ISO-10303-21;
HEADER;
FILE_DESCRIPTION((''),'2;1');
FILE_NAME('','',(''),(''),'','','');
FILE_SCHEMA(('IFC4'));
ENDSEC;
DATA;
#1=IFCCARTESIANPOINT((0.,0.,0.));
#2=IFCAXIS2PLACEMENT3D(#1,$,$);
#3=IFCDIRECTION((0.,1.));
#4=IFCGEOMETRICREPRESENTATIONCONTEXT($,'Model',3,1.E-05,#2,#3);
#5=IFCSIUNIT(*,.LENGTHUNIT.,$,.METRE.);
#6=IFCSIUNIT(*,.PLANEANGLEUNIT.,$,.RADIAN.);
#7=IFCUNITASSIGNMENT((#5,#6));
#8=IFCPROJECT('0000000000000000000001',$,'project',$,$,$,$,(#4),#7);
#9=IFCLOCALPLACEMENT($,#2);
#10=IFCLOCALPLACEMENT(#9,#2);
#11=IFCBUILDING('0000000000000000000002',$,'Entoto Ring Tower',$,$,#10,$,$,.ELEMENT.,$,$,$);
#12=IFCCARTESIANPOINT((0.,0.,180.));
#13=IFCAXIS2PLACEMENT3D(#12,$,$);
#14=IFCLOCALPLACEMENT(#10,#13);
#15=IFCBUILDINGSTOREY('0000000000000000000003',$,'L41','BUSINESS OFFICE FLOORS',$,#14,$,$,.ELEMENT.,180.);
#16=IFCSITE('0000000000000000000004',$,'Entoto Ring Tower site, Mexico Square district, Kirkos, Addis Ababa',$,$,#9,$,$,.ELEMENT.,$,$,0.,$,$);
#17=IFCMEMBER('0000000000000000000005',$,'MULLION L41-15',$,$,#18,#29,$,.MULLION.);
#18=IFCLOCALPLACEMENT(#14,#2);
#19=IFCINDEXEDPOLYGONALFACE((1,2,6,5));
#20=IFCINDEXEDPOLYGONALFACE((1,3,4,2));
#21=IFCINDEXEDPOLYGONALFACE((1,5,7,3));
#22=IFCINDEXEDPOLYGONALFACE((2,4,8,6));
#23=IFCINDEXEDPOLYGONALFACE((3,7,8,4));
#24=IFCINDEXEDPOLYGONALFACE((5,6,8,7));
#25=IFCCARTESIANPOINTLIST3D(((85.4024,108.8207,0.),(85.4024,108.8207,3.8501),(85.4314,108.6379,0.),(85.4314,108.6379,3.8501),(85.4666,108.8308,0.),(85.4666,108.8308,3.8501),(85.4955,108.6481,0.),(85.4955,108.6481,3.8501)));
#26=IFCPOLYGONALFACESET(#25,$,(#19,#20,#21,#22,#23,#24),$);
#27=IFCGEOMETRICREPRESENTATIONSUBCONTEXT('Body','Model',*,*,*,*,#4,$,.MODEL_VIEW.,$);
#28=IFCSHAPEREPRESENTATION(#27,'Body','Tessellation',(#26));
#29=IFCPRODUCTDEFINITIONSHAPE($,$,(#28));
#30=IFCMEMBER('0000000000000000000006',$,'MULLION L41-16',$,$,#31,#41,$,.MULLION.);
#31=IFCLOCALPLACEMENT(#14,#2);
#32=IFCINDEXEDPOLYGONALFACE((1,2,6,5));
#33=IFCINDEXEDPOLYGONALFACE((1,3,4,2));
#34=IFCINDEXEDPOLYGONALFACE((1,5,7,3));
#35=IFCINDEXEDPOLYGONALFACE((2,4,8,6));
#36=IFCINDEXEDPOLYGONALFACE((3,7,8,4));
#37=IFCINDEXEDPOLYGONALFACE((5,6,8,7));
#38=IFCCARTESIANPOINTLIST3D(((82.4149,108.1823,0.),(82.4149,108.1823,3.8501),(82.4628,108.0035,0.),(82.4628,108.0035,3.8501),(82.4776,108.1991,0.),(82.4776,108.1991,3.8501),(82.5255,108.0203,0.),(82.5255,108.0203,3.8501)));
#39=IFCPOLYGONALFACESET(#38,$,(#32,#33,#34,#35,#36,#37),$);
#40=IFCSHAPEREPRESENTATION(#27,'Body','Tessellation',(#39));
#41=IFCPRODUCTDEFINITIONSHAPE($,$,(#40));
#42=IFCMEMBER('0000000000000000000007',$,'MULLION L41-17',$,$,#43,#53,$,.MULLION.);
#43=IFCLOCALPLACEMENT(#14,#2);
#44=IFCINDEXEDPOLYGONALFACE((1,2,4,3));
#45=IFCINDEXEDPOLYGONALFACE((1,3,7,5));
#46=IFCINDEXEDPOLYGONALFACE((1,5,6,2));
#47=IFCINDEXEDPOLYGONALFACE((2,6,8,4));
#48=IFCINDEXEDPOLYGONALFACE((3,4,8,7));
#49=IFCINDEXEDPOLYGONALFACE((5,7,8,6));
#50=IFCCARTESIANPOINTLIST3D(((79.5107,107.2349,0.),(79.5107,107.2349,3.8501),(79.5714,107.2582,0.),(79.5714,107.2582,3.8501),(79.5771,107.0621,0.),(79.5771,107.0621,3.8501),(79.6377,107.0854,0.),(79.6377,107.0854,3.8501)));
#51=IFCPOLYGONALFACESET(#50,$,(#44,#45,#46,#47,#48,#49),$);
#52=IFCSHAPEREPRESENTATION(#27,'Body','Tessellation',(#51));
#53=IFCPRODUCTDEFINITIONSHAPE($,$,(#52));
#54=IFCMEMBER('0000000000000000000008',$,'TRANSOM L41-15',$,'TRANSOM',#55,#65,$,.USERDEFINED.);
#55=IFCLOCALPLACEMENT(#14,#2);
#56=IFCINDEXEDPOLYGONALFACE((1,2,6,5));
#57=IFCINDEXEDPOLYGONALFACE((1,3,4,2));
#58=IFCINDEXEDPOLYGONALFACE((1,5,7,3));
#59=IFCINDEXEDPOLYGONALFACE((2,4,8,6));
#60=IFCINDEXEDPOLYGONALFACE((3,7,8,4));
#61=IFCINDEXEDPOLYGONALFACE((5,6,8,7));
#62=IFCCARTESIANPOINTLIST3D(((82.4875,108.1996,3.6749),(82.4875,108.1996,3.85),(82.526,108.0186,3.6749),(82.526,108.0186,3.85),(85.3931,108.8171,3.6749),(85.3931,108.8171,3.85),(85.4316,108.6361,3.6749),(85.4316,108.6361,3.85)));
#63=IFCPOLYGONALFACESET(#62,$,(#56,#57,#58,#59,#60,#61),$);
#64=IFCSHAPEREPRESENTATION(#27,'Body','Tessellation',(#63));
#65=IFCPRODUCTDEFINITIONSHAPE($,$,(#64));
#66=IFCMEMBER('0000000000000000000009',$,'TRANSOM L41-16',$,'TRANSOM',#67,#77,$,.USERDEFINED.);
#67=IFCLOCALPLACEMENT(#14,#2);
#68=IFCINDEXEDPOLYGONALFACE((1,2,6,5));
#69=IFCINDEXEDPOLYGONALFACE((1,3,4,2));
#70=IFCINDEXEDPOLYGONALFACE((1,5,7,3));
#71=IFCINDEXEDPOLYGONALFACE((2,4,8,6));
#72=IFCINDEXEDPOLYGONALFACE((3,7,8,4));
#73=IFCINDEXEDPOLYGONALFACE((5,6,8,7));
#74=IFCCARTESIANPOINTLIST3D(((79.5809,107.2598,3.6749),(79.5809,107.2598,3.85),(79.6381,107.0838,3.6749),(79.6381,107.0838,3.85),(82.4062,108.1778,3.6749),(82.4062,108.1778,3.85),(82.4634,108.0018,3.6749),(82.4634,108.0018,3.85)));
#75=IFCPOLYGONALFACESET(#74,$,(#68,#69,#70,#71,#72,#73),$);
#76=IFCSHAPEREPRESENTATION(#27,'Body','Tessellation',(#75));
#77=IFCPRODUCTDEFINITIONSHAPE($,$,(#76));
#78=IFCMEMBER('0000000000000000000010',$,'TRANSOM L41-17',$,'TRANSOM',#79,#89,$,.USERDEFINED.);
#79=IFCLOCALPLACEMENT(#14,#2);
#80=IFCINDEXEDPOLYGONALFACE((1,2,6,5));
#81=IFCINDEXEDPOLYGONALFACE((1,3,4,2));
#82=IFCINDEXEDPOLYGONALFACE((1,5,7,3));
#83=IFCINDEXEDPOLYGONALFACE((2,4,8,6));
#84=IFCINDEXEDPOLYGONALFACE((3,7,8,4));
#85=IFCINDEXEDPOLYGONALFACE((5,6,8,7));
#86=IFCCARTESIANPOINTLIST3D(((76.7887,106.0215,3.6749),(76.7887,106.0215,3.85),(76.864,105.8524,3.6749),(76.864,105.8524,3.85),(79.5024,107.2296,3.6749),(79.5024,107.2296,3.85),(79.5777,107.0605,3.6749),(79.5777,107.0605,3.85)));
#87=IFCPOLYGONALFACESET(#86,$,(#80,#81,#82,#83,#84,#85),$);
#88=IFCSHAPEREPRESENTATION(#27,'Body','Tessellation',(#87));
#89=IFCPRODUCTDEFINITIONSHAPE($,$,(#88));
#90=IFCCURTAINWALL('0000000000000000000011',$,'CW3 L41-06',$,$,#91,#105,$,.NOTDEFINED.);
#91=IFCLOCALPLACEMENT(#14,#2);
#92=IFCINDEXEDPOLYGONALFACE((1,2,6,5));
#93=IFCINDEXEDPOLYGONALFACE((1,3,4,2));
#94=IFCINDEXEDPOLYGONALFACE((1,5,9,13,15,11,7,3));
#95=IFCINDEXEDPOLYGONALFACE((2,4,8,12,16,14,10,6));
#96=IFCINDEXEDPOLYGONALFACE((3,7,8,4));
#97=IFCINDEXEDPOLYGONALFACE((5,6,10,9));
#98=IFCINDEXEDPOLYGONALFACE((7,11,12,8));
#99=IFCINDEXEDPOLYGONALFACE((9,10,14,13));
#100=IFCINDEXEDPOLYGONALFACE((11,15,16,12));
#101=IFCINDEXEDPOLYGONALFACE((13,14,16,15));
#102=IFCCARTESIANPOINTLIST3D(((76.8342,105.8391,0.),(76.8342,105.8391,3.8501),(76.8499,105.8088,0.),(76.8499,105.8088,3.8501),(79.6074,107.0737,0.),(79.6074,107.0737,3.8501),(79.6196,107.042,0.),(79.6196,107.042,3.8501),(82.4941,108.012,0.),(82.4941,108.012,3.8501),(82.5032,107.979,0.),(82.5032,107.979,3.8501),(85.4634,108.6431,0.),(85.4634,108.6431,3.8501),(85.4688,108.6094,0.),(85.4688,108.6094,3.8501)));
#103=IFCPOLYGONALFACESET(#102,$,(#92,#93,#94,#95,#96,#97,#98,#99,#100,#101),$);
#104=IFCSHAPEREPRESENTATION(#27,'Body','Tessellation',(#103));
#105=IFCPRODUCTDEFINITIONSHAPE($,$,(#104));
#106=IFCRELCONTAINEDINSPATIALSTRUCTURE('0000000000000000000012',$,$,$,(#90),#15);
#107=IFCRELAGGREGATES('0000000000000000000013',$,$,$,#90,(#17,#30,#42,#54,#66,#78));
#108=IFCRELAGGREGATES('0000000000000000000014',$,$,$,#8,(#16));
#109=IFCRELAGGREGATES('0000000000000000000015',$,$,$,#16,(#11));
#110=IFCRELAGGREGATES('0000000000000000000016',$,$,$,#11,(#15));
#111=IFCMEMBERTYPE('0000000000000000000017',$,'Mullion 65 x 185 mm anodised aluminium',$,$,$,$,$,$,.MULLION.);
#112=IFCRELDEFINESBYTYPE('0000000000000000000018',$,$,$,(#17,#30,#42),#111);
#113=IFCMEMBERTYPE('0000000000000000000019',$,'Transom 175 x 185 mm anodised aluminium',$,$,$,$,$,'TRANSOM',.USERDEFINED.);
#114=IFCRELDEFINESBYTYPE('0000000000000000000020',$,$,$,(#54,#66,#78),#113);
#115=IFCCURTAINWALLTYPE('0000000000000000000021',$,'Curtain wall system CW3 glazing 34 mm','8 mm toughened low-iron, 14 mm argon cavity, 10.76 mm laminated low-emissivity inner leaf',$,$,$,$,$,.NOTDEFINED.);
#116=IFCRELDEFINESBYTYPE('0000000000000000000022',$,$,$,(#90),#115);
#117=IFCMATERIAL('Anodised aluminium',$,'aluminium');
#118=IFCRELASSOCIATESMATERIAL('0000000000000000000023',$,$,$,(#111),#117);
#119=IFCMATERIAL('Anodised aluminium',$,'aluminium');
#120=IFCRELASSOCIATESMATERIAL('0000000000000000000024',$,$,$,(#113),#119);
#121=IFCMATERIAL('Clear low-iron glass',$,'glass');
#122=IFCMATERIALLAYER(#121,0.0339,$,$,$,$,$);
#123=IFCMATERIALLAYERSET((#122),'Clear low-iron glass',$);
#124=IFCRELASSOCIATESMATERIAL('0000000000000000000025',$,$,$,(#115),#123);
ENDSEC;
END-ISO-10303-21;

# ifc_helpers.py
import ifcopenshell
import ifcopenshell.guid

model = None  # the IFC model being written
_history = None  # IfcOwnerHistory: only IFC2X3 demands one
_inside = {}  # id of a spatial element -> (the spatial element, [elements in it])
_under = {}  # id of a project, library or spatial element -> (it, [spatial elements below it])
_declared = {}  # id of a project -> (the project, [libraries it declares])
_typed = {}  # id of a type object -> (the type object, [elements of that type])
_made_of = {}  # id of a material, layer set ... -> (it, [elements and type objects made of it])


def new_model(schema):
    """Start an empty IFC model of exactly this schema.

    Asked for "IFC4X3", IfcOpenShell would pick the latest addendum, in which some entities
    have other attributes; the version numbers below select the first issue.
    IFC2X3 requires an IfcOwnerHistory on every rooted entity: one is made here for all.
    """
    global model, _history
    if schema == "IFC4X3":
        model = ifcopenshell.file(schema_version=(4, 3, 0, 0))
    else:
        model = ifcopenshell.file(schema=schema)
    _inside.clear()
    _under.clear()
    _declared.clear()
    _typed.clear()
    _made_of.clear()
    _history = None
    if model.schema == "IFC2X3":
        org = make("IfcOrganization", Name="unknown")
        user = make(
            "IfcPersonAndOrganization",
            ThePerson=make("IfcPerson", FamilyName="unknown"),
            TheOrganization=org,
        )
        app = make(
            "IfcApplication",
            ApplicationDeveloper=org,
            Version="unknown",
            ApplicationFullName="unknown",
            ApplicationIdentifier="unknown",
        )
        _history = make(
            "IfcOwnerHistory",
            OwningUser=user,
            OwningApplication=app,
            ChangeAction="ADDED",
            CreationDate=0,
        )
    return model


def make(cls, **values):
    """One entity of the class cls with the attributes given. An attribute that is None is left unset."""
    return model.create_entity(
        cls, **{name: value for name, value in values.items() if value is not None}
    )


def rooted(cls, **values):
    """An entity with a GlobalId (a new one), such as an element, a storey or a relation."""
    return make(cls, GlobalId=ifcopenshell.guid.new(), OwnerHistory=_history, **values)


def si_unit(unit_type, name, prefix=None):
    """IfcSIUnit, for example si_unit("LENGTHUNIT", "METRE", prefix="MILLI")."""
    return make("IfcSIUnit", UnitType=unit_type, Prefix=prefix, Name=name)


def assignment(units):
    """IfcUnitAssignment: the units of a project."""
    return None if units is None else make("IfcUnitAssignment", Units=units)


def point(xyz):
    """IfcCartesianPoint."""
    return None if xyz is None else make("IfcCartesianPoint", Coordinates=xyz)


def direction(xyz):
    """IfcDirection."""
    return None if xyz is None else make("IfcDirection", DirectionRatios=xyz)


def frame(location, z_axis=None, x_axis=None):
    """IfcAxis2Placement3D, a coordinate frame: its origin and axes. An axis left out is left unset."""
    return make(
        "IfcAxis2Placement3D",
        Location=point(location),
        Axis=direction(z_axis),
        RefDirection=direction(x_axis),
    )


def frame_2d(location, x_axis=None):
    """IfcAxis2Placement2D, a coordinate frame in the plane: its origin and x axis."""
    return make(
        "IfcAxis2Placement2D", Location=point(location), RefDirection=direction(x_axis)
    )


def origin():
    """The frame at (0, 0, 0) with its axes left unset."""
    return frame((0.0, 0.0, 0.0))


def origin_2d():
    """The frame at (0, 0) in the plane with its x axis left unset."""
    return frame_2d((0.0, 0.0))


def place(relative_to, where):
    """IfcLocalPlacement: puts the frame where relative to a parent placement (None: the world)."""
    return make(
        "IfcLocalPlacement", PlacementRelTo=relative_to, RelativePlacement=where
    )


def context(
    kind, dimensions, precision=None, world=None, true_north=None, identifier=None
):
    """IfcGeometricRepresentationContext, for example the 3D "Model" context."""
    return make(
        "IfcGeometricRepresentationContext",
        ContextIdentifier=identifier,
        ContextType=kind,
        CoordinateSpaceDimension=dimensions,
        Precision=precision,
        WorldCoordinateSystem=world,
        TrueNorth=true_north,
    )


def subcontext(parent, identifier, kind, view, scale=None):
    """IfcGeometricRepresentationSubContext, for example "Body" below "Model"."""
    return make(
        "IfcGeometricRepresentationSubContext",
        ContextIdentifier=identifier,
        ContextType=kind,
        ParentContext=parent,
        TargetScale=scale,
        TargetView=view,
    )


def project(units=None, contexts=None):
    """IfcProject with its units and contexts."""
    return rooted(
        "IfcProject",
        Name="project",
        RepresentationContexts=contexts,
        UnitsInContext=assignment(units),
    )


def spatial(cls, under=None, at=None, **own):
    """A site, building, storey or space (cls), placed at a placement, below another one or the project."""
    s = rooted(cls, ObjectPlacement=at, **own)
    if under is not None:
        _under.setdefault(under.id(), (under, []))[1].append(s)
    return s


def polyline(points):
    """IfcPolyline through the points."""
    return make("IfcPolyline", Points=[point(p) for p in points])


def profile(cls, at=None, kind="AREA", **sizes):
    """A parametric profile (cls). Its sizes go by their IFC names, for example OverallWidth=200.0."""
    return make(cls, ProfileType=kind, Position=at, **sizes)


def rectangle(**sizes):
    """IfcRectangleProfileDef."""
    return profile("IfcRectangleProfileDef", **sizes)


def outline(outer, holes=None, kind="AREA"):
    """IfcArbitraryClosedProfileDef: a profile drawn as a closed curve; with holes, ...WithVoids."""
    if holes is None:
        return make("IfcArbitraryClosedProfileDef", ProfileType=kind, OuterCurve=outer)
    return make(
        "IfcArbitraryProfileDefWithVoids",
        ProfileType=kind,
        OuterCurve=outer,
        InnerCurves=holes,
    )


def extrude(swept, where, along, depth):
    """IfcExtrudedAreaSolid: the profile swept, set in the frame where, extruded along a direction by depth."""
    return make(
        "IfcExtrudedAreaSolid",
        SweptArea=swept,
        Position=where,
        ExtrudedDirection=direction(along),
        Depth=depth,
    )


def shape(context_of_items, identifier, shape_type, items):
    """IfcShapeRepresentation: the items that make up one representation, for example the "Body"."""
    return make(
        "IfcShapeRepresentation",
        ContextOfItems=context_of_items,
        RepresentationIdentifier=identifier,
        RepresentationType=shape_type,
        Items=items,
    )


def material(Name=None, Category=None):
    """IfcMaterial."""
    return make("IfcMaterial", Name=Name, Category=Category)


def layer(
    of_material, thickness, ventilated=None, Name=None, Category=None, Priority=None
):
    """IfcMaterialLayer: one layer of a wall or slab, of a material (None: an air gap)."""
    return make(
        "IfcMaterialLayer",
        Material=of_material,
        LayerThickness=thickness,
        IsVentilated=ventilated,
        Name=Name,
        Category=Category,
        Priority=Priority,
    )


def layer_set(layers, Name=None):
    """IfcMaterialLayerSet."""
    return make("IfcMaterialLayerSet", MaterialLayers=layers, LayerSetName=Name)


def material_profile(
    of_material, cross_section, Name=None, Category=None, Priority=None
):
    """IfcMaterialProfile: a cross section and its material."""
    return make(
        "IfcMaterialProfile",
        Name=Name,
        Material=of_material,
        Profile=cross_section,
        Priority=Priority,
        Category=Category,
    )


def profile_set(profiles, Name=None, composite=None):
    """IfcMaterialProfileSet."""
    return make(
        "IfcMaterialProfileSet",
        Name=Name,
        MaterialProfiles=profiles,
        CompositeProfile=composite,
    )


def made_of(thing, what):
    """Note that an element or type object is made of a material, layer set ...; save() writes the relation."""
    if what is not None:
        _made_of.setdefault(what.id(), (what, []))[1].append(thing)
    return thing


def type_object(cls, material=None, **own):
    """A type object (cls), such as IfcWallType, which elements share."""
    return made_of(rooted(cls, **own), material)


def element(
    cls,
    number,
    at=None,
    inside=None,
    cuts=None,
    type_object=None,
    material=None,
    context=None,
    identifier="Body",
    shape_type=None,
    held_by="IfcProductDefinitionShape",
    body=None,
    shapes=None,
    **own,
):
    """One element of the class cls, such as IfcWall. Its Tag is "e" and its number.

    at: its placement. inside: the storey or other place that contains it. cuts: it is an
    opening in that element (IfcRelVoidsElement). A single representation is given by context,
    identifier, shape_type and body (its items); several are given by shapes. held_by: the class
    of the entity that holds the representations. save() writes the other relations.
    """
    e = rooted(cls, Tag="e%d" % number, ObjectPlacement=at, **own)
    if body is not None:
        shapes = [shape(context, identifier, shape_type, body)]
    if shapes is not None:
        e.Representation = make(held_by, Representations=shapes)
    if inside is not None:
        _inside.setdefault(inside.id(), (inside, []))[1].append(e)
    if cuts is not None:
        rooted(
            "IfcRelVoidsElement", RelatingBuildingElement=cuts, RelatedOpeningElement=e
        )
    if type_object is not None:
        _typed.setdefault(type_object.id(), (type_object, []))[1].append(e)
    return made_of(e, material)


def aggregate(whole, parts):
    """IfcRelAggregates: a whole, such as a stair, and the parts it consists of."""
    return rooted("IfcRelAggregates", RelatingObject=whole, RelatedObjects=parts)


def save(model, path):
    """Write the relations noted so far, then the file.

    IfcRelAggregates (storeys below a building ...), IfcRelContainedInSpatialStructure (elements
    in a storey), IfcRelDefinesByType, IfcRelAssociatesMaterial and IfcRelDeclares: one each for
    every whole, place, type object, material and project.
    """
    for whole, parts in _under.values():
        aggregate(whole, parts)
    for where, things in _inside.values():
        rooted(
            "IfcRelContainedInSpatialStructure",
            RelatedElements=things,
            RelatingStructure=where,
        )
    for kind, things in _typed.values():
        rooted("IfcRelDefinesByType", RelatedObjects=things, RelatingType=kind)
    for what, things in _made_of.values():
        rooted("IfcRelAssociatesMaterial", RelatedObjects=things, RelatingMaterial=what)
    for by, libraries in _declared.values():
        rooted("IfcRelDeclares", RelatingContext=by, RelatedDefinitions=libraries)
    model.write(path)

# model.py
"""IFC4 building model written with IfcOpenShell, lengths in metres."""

from ifc_helpers import new_model, si_unit, direction, frame, origin, origin_2d, place, context, subcontext, project, spatial, polyline, rectangle, outline, extrude, material, layer, layer_set, material_profile, profile_set, type_object, element, aggregate, save


model = new_model("IFC4")

# Units and contexts
model_context = context("Model", 3, precision=1e-05, world=origin(), true_north=direction((0.0, 1.0)))
body_context = subcontext(model_context, "Body", "Model", "MODEL_VIEW")
ifc_project = project(units=[si_unit("LENGTHUNIT", "METRE"), si_unit("PLANEANGLEUNIT", "RADIAN")], contexts=[model_context])

# Members
ifc_material_1 = material(Name="Anodised aluminium", Category="aluminium")
ifc_material_profile_1 = material_profile(ifc_material_1, rectangle(XDim=0.0649, YDim=0.1851, at=origin_2d()), Name="Mullion 65 x 185 mm anodised aluminium")
ifc_profile_set_1 = profile_set([ifc_material_profile_1], Name="Anodised aluminium")
member_type_1 = type_object("IfcMemberType", Name="Mullion 65 x 185 mm anodised aluminium", PredefinedType="MULLION", material=ifc_profile_set_1)
site_placement = place(None, origin())
building_placement = place(site_placement, origin())
storey_placement = place(building_placement, frame((0.0, 0.0, 180.0)))
member_1_placement = place(storey_placement, frame((85.449, 108.7344, 0.0), z_axis=(0.0, 0.0, 1.0), x_axis=(-0.987688, -0.156434, 0.0)))
member_1 = element("IfcMember", 1, at=member_1_placement, type_object=member_type_1, Name="MULLION L41-15", PredefinedType="MULLION", context=body_context, shape_type="SweptSolid", body=[
    extrude(rectangle(XDim=0.0649, YDim=0.1851, at=origin_2d()), origin(), (0.0, 0.0, 1.0), 3.8501),
])
member_2_placement = place(storey_placement, frame((82.4702, 108.1013, 0.0), z_axis=(0.0, 0.0, 1.0), x_axis=(-0.965926, -0.258819, 0.0)))
member_2 = element("IfcMember", 2, at=member_2_placement, type_object=member_type_1, Name="MULLION L41-16", PredefinedType="MULLION", context=body_context, shape_type="SweptSolid", body=[
    extrude(rectangle(XDim=0.0649, YDim=0.1851, at=origin_2d()), origin(), (0.0, 0.0, 1.0), 3.8501),
])
member_3_placement = place(storey_placement, frame((79.5742, 107.1602, 0.0), z_axis=(0.0, 0.0, 1.0), x_axis=(-0.93358, -0.358368, 0.0)))
member_3 = element("IfcMember", 3, at=member_3_placement, type_object=member_type_1, Name="MULLION L41-17", PredefinedType="MULLION", context=body_context, shape_type="SweptSolid", body=[
    extrude(rectangle(XDim=0.0649, YDim=0.1851, at=origin_2d()), origin(), (0.0, 0.0, 1.0), 3.8501),
])
ifc_material_2 = material(Name="Anodised aluminium", Category="aluminium")
ifc_material_profile_2 = material_profile(ifc_material_2, rectangle(XDim=0.1851, YDim=0.175, at=origin_2d()), Name="Transom 175 x 185 mm anodised aluminium")
ifc_profile_set_2 = profile_set([ifc_material_profile_2], Name="Anodised aluminium")
member_type_2 = type_object("IfcMemberType", Name="Transom 175 x 185 mm anodised aluminium", ElementType="TRANSOM", PredefinedType="USERDEFINED", material=ifc_profile_set_2)
member_4_placement = place(storey_placement, frame((85.4124, 108.7266, 3.7625), z_axis=(-0.978158, -0.207862, 0.0), x_axis=(0.207862, -0.978158, 0.0)))
member_4 = element("IfcMember", 4, at=member_4_placement, type_object=member_type_2, Name="TRANSOM L41-15", ObjectType="TRANSOM", PredefinedType="USERDEFINED", context=body_context, shape_type="SweptSolid", body=[
    extrude(rectangle(XDim=0.1851, YDim=0.175, at=origin_2d()), origin(), (0.0, 0.0, 1.0), 2.9705),
])
member_5_placement = place(storey_placement, frame((82.4348, 108.0898, 3.7625), z_axis=(-0.951056, -0.309019, 0.0), x_axis=(0.309019, -0.951056, 0.0)))
member_5 = element("IfcMember", 5, at=member_5_placement, type_object=member_type_2, Name="TRANSOM L41-16", ObjectType="TRANSOM", PredefinedType="USERDEFINED", context=body_context, shape_type="SweptSolid", body=[
    extrude(rectangle(XDim=0.1851, YDim=0.175, at=origin_2d()), origin(), (0.0, 0.0, 1.0), 2.9707),
])
member_6_placement = place(storey_placement, frame((79.54, 107.145, 3.7625), z_axis=(-0.913567, -0.406687, 0.0), x_axis=(0.406687, -0.913567, 0.0)))
member_6 = element("IfcMember", 6, at=member_6_placement, type_object=member_type_2, Name="TRANSOM L41-17", ObjectType="TRANSOM", PredefinedType="USERDEFINED", context=body_context, shape_type="SweptSolid", body=[
    extrude(rectangle(XDim=0.1851, YDim=0.175, at=origin_2d()), origin(), (0.0, 0.0, 1.0), 2.9705),
])

# Site, building, storey
site = spatial("IfcSite", under=ifc_project, at=site_placement, Name="Entoto Ring Tower site, Mexico Square district, Kirkos, Addis Ababa", CompositionType="ELEMENT", RefElevation=0.0)
building = spatial("IfcBuilding", under=site, at=building_placement, Name="Entoto Ring Tower", CompositionType="ELEMENT")
storey = spatial("IfcBuildingStorey", under=building, at=storey_placement, Name="L41", Description="BUSINESS OFFICE FLOORS", CompositionType="ELEMENT", Elevation=180.0)

# Curtain wall
ifc_material_3 = material(Name="Clear low-iron glass", Category="glass")
ifc_layer = layer(ifc_material_3, 0.0339)
ifc_layer_set = layer_set([ifc_layer], Name="Clear low-iron glass")
curtain_wall_type = type_object("IfcCurtainWallType", Name="Curtain wall system CW3 glazing 34 mm", Description="8 mm toughened low-iron, 14 mm argon cavity, 10.76 mm laminated low-emissivity inner leaf", PredefinedType="NOTDEFINED", material=ifc_layer_set)
curtain_wall_1_placement = place(storey_placement, origin())
curtain_wall_1 = element("IfcCurtainWall", 7, at=curtain_wall_1_placement, inside=storey, type_object=curtain_wall_type, Name="CW3 L41-06", PredefinedType="NOTDEFINED", context=body_context, shape_type="SweptSolid", body=[
    extrude(outline(polyline([(85.4634, 108.6431), (82.4941, 108.012), (79.6074, 107.0737), (76.8342, 105.8391), (76.8499, 105.8088), (79.6196, 107.042), (82.5032, 107.979), (85.4688, 108.6094), (85.4634, 108.6431)])), origin(), (0.0, 0.0, 1.0), 3.8501),
])
aggregate(curtain_wall_1, [member_1, member_2, member_3, member_4, member_5, member_6])

save(model, "model.ifc")
